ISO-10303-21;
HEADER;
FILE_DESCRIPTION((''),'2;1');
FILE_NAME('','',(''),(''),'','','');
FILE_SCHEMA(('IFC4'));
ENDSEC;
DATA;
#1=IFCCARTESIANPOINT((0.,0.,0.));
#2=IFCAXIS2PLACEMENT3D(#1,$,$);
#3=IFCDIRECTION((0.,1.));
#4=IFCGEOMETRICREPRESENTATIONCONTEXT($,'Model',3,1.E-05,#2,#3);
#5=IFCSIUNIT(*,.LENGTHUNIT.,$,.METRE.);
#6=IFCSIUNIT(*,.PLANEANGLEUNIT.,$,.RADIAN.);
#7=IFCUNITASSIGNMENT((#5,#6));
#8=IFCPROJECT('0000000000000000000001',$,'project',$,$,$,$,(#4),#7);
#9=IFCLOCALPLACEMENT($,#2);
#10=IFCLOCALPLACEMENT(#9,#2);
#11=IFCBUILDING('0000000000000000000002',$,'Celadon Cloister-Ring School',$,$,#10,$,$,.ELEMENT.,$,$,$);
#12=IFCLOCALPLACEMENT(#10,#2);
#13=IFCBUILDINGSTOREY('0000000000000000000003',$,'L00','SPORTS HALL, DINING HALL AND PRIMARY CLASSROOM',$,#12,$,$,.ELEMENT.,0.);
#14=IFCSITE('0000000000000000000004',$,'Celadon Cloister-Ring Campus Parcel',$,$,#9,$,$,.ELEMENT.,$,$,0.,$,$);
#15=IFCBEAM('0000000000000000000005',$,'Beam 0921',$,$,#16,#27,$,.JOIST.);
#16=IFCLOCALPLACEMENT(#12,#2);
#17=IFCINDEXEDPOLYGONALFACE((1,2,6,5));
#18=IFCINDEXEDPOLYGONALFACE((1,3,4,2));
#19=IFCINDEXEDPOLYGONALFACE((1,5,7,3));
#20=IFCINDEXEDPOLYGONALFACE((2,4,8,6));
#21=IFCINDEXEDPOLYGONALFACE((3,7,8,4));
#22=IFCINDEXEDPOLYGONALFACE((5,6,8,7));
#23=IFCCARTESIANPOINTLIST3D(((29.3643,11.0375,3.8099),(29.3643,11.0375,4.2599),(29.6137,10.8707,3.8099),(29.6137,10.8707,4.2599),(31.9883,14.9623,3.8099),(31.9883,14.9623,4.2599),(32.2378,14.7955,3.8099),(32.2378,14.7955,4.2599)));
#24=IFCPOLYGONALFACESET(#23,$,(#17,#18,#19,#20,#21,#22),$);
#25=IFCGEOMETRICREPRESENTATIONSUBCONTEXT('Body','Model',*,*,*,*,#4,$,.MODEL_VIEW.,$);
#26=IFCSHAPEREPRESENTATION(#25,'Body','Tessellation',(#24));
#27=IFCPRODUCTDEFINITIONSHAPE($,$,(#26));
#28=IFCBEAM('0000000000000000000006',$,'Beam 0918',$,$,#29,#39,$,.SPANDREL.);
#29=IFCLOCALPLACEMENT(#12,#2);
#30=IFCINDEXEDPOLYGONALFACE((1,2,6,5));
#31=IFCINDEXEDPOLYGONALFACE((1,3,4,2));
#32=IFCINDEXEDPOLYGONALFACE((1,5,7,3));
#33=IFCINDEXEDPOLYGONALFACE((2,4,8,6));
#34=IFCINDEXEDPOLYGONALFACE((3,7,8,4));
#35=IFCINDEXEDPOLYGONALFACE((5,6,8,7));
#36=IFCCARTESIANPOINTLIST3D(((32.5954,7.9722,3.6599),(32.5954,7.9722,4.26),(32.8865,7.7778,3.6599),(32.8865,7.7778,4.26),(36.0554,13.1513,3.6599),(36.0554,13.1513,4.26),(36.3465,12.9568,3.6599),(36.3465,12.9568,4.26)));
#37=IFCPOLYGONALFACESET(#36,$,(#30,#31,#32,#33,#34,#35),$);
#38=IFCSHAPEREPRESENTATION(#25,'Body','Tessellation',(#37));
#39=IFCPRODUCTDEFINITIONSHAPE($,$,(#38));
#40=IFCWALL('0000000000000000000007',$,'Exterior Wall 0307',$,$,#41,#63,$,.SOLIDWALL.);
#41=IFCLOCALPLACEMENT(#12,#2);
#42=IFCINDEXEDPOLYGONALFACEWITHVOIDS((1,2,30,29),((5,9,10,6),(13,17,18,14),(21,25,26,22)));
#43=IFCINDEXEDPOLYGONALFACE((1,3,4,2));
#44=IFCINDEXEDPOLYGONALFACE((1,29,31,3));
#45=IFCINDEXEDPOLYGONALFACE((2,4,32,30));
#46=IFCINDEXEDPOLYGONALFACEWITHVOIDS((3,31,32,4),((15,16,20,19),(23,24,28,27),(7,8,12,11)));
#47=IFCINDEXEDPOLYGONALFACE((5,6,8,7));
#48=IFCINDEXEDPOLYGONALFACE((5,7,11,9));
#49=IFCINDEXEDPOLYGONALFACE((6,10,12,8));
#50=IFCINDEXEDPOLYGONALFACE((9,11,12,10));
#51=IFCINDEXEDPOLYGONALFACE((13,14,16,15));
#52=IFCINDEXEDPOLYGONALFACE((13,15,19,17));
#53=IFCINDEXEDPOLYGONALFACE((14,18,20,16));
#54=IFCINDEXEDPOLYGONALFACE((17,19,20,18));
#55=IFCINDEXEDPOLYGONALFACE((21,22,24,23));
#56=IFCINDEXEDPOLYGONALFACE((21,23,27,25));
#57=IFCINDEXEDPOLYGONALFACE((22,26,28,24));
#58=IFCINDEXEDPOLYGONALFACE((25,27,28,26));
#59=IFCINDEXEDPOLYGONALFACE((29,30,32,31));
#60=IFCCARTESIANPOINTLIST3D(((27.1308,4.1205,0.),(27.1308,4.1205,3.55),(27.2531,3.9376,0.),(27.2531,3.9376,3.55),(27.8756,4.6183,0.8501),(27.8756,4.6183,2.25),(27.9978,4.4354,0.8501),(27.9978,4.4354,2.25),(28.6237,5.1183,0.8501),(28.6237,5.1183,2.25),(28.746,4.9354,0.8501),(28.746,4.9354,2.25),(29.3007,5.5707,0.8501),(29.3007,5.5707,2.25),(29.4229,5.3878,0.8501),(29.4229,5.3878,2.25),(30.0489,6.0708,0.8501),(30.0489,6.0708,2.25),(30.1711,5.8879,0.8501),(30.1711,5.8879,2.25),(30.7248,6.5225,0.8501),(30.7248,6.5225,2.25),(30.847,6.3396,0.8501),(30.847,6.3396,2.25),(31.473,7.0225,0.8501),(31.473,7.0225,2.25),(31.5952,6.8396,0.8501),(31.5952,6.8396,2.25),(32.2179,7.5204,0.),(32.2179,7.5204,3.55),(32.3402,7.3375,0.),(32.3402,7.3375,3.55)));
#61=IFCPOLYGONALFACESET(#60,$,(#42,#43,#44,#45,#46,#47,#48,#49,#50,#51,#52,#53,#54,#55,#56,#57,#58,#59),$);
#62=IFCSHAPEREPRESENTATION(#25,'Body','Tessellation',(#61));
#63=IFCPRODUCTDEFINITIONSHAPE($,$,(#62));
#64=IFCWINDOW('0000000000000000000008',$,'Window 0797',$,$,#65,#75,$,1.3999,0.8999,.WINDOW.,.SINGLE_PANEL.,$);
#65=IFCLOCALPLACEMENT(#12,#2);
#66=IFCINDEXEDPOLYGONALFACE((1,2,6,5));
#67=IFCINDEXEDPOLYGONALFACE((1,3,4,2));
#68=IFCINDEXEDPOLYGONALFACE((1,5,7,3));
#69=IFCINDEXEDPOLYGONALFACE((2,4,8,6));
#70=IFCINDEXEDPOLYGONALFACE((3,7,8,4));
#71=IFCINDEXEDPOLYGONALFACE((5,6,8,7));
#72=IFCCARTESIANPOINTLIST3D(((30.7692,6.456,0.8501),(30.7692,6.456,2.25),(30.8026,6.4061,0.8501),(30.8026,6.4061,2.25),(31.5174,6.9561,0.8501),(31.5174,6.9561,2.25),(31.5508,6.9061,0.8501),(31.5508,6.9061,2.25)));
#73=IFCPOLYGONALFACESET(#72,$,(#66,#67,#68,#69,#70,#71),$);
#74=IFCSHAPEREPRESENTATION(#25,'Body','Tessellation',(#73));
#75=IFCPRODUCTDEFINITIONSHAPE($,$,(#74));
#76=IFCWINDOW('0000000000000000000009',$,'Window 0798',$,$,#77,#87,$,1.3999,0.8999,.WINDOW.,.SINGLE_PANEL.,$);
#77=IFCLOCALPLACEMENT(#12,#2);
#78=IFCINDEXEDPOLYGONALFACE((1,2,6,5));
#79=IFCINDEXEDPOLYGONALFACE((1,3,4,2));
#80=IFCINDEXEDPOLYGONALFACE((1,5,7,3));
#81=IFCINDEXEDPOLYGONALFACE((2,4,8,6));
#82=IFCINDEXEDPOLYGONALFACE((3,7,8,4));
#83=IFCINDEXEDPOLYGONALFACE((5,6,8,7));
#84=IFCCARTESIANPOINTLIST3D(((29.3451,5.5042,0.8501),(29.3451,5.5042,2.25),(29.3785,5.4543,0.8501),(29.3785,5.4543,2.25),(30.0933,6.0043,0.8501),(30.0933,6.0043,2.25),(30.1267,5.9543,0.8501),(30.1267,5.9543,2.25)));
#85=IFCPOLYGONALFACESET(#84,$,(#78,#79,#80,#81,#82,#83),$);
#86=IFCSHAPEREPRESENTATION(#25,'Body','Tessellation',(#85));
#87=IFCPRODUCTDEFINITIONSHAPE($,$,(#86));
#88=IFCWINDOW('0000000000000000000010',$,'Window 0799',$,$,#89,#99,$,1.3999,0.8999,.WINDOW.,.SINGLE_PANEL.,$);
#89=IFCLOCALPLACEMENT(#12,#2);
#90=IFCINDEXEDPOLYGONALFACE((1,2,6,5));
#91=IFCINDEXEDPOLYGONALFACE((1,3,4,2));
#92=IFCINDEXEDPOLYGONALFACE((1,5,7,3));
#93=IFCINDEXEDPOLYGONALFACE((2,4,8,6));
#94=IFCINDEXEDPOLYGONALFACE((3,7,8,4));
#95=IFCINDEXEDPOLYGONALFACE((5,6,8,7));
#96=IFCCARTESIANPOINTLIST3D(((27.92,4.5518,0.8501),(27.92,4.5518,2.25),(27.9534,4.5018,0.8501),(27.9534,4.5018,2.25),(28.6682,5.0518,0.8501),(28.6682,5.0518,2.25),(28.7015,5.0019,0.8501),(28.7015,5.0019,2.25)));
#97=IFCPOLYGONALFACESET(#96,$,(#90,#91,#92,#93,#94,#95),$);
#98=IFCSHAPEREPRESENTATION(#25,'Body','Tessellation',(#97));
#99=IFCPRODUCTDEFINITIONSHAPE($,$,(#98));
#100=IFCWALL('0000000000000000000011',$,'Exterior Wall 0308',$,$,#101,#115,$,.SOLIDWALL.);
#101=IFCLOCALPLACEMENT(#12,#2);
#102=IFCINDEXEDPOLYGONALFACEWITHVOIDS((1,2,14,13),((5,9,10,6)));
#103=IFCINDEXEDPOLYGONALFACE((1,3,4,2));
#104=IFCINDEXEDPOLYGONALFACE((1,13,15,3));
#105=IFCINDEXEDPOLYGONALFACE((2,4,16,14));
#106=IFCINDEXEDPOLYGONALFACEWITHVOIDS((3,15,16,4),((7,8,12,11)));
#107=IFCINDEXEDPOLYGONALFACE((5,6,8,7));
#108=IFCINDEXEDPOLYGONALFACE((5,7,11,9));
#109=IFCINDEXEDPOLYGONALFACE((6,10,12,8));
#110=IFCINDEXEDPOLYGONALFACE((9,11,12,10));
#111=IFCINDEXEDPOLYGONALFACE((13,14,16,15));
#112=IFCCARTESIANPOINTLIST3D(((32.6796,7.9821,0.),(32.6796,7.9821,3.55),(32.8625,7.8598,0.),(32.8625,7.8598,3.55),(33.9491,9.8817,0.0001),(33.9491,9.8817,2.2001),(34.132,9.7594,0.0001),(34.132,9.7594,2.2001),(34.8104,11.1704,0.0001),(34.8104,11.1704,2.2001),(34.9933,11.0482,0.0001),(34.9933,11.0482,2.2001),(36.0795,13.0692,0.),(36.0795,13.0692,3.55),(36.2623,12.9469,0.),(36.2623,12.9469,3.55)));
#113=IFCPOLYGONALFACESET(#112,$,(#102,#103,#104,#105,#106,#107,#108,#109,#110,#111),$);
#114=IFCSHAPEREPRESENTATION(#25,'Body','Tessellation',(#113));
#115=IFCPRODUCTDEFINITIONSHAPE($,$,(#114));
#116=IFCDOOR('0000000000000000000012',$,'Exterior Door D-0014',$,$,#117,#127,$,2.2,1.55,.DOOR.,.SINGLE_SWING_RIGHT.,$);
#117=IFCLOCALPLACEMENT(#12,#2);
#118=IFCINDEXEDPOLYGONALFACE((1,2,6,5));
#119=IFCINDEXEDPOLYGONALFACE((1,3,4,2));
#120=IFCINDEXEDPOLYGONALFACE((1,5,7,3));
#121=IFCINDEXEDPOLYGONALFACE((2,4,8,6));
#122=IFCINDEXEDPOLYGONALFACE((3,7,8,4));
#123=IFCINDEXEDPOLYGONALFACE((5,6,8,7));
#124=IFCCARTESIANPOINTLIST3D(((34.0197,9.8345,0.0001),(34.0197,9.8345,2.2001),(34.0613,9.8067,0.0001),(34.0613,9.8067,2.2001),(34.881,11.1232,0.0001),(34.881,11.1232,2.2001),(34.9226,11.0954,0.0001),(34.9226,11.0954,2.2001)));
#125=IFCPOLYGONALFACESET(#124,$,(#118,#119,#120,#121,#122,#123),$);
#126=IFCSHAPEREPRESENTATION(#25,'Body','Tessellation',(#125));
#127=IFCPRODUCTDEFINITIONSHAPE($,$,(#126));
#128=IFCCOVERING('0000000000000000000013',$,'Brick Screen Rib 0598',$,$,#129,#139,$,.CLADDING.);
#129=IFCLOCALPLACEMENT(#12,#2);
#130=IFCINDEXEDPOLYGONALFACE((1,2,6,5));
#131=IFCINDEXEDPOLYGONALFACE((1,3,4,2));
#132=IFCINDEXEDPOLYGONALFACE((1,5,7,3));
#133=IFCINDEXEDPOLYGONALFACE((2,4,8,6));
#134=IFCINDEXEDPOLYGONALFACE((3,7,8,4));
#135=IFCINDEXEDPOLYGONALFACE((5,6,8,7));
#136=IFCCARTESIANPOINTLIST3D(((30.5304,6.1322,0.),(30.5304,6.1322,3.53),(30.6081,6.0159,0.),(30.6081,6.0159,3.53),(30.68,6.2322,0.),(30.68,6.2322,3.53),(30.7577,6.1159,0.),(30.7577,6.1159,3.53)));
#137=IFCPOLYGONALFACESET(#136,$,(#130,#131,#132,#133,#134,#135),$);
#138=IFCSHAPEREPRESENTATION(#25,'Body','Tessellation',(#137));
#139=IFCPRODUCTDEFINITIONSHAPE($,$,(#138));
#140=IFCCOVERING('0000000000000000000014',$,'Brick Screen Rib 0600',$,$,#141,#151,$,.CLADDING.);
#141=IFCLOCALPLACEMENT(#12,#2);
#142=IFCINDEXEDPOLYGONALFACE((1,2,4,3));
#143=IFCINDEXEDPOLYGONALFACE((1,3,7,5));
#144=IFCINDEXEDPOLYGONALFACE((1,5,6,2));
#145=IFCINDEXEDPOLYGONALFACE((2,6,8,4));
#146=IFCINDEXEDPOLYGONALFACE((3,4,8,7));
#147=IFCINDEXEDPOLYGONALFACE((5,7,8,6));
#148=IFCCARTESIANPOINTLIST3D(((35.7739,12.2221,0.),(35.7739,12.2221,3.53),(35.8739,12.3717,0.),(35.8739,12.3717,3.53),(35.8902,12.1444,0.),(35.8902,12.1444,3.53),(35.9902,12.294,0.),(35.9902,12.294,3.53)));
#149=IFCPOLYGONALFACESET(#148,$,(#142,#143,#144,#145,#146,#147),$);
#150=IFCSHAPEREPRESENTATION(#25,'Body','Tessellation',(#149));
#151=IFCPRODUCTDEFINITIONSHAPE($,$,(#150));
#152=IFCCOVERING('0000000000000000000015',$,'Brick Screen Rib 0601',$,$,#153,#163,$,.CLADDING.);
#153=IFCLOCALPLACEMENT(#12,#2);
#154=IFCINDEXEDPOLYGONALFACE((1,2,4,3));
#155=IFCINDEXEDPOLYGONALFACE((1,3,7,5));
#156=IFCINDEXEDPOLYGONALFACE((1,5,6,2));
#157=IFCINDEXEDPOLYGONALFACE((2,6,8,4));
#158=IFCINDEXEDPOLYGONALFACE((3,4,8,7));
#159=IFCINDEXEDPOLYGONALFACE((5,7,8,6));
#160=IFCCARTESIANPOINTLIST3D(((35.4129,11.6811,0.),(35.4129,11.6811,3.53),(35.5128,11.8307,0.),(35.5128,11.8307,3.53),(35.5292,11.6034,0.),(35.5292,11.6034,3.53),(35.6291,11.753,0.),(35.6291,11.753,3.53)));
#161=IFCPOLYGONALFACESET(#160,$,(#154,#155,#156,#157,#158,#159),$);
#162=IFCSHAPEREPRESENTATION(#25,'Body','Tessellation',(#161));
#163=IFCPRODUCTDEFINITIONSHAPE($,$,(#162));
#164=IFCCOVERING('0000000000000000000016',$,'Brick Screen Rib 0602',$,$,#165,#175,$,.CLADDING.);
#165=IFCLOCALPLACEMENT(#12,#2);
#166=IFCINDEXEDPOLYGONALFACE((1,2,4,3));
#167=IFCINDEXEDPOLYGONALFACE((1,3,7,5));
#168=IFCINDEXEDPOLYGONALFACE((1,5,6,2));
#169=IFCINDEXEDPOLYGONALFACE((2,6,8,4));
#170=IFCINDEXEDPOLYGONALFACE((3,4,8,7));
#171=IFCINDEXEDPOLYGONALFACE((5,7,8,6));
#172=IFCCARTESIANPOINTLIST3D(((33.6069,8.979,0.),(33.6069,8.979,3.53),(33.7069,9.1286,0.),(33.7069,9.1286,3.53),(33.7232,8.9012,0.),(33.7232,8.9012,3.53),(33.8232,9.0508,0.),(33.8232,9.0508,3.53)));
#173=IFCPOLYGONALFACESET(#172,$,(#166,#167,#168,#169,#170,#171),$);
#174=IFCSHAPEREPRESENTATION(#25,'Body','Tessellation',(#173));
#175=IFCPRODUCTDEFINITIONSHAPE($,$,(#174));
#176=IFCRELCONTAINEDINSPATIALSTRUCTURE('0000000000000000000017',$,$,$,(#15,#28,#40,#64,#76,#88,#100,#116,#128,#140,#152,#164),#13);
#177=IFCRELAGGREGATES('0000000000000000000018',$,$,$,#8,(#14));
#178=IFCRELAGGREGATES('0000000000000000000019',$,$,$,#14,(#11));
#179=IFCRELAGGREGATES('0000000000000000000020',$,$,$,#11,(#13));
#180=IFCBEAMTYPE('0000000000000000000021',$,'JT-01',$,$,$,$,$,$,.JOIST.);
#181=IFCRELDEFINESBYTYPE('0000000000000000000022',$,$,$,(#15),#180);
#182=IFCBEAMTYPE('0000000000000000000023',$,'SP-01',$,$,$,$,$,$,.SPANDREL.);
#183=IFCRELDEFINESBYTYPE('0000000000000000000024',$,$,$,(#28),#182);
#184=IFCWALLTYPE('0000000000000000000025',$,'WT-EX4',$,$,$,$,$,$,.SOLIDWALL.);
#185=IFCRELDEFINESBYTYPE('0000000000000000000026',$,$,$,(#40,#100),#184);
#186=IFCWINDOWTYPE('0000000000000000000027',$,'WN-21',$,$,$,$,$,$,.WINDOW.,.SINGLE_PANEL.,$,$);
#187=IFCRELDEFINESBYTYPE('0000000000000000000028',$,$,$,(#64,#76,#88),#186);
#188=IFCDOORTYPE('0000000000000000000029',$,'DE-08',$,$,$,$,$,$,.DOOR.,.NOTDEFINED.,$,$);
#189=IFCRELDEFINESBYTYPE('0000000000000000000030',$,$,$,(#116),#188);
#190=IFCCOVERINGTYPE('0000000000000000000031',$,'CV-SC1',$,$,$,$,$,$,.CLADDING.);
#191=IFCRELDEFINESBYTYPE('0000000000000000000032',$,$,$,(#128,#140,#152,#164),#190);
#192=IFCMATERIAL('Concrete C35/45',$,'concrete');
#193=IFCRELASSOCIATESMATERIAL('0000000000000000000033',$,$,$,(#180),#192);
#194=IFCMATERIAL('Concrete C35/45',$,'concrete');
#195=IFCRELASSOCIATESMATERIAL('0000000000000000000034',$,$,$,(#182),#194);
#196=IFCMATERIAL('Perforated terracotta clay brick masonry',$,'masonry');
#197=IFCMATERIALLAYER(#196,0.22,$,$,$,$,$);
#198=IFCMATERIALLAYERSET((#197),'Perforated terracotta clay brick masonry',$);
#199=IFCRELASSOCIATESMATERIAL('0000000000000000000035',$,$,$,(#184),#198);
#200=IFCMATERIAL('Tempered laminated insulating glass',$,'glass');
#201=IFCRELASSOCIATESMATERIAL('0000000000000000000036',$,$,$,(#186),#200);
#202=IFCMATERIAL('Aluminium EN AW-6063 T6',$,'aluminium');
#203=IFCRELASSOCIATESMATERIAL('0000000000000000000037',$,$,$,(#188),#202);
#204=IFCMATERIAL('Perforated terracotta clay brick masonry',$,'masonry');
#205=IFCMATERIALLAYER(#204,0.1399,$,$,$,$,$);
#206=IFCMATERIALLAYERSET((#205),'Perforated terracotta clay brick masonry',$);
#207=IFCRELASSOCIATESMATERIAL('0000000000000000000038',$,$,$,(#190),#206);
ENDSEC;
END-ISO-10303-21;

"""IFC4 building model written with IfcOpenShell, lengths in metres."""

from ifc_helpers import new_model, si_unit, direction, frame, frame_2d, origin, origin_2d, place, context, subcontext, project, spatial, rectangle, extrude, material, layer, layer_set, material_profile, profile_set, type_object, element, fill, save


model = new_model("IFC4")

# Units and contexts
model_context = context("Model", 3, precision=1e-05, world=origin(), true_north=direction((0.0, 1.0)))
body_context = subcontext(model_context, "Body", "Model", "MODEL_VIEW")
ifc_project = project(units=[si_unit("LENGTHUNIT", "METRE"), si_unit("PLANEANGLEUNIT", "RADIAN")], contexts=[model_context])

# Site, building, storey
site_placement = place(None, origin())
site = spatial("IfcSite", under=ifc_project, at=site_placement, Name="Celadon Cloister-Ring Campus Parcel", CompositionType="ELEMENT", RefElevation=0.0)
building_placement = place(site_placement, origin())
building = spatial("IfcBuilding", under=site, at=building_placement, Name="Celadon Cloister-Ring School", CompositionType="ELEMENT")
storey_placement = place(building_placement, origin())
storey = spatial("IfcBuildingStorey", under=building, at=storey_placement, Name="L00", Description="SPORTS HALL, DINING HALL AND PRIMARY CLASSROOM", CompositionType="ELEMENT", Elevation=0.0)

# Beams
ifc_material_1 = material(Name="Concrete C35/45", Category="concrete")
ifc_material_profile_1 = material_profile(ifc_material_1, rectangle(XDim=0.3, YDim=0.45, at=origin_2d()), Name="RC300X450")
ifc_profile_set_1 = profile_set([ifc_material_profile_1], Name="Concrete C35/45")
beam_type_1 = type_object("IfcBeamType", Name="JT-01", PredefinedType="JOIST", material=ifc_profile_set_1)
beam_1_placement = place(storey_placement, frame((29.489, 10.9541, 4.0349), z_axis=(0.555798, 0.831318, 0.0), x_axis=(-0.831318, 0.555798, 0.0)))
element("IfcBeam", 1, at=beam_1_placement, inside=storey, type_object=beam_type_1, Name="Beam 0921", PredefinedType="JOIST", context=body_context, shape_type="SweptSolid", body=[
    extrude(rectangle(XDim=0.3, YDim=0.45, at=origin_2d()), origin(), (0.0, 0.0, 1.0), 4.7212),
])
ifc_material_2 = material(Name="Concrete C35/45", Category="concrete")
ifc_material_profile_2 = material_profile(ifc_material_2, rectangle(XDim=0.3501, YDim=0.6001, at=origin_2d()), Name="RC350X600")
ifc_profile_set_2 = profile_set([ifc_material_profile_2], Name="Concrete C35/45")
beam_type_2 = type_object("IfcBeamType", Name="SP-01", PredefinedType="SPANDREL", material=ifc_profile_set_2)
beam_2_placement = place(storey_placement, frame((32.741, 7.875, 3.96), z_axis=(0.555514, 0.831507, 0.0), x_axis=(-0.831507, 0.555514, 0.0)))
element("IfcBeam", 2, at=beam_2_placement, inside=storey, type_object=beam_type_2, Name="Beam 0918", PredefinedType="SPANDREL", context=body_context, shape_type="SweptSolid", body=[
    extrude(rectangle(XDim=0.3501, YDim=0.6001, at=origin_2d()), origin(), (0.0, 0.0, 1.0), 6.2285),
])

# Wall, openings, windows
ifc_material_3 = material(Name="Perforated terracotta clay brick masonry", Category="masonry")
ifc_layer_1 = layer(ifc_material_3, 0.22)
ifc_layer_set_1 = layer_set([ifc_layer_1], Name="Perforated terracotta clay brick masonry")
wall_type = type_object("IfcWallType", Name="WT-EX4", PredefinedType="SOLIDWALL", material=ifc_layer_set_1)
wall_1_placement = place(storey_placement, frame((32.2791, 7.429, 0.0), z_axis=(0.0, 0.0, 1.0), x_axis=(-0.831411, -0.555657, 0.0)))
wall_1 = element("IfcWall", 3, at=wall_1_placement, inside=storey, type_object=wall_type, Name="Exterior Wall 0307", PredefinedType="SOLIDWALL", context=body_context, shape_type="SweptSolid", body=[
    extrude(rectangle(XDim=6.1187, YDim=0.22, at=frame_2d((3.0593, 0.0))), origin(), (0.0, 0.0, 1.0), 3.55),
])
opening_1_placement = place(wall_1_placement, frame((0.896, 0.0, 0.8501)))
opening_1 = element("IfcOpeningElement", 4, at=opening_1_placement, cuts=wall_1, PredefinedType="OPENING", context=body_context, shape_type="SweptSolid", body=[
    extrude(rectangle(XDim=0.8999, YDim=1.3999, at=frame_2d((0.45, 0.7))), frame((0.0, 0.1201, 0.0), z_axis=(0.0, -1.0, 0.0), x_axis=(1.0, 0.0, 0.0)), (0.0, 0.0, 1.0), 0.24),
])
opening_2_placement = place(wall_1_placement, frame((2.6089, 0.0, 0.8501)))
opening_2 = element("IfcOpeningElement", 5, at=opening_2_placement, cuts=wall_1, PredefinedType="OPENING", context=body_context, shape_type="SweptSolid", body=[
    extrude(rectangle(XDim=0.8999, YDim=1.3999, at=frame_2d((0.45, 0.7))), frame((0.0, 0.1201, 0.0), z_axis=(0.0, -1.0, 0.0), x_axis=(1.0, 0.0, 0.0)), (0.0, 0.0, 1.0), 0.24),
])
opening_3_placement = place(wall_1_placement, frame((4.323, 0.0, 0.8501)))
opening_3 = element("IfcOpeningElement", 6, at=opening_3_placement, cuts=wall_1, PredefinedType="OPENING", context=body_context, shape_type="SweptSolid", body=[
    extrude(rectangle(XDim=0.8999, YDim=1.3999, at=frame_2d((0.45, 0.7))), frame((0.0, 0.1201, 0.0), z_axis=(0.0, -1.0, 0.0), x_axis=(1.0, 0.0, 0.0)), (0.0, 0.0, 1.0), 0.24),
])
ifc_material_4 = material(Name="Tempered laminated insulating glass", Category="glass")
window_type = type_object("IfcWindowType", Name="WN-21", PartitioningType="SINGLE_PANEL", PredefinedType="WINDOW", material=ifc_material_4)
window_1_placement = place(opening_1_placement, origin())
window_1 = element("IfcWindow", 7, at=window_1_placement, inside=storey, type_object=window_type, Name="Window 0797", OverallHeight=1.3999, OverallWidth=0.8999, PartitioningType="SINGLE_PANEL", PredefinedType="WINDOW", context=body_context, shape_type="SweptSolid", body=[
    extrude(rectangle(XDim=0.8999, YDim=1.3999, at=frame_2d((0.45, 0.7))), frame((0.0, 0.03, 0.0), z_axis=(0.0, -1.0, 0.0), x_axis=(1.0, 0.0, 0.0)), (0.0, 0.0, 1.0), 0.0601),
])
fill(opening_1, window_1)
window_2_placement = place(opening_2_placement, origin())
window_2 = element("IfcWindow", 8, at=window_2_placement, inside=storey, type_object=window_type, Name="Window 0798", OverallHeight=1.3999, OverallWidth=0.8999, PartitioningType="SINGLE_PANEL", PredefinedType="WINDOW", context=body_context, shape_type="SweptSolid", body=[
    extrude(rectangle(XDim=0.8999, YDim=1.3999, at=frame_2d((0.45, 0.7))), frame((0.0, 0.03, 0.0), z_axis=(0.0, -1.0, 0.0), x_axis=(1.0, 0.0, 0.0)), (0.0, 0.0, 1.0), 0.0601),
])
fill(opening_2, window_2)
window_3_placement = place(opening_3_placement, origin())
window_3 = element("IfcWindow", 9, at=window_3_placement, inside=storey, type_object=window_type, Name="Window 0799", OverallHeight=1.3999, OverallWidth=0.8999, PartitioningType="SINGLE_PANEL", PredefinedType="WINDOW", context=body_context, shape_type="SweptSolid", body=[
    extrude(rectangle(XDim=0.8999, YDim=1.3999, at=frame_2d((0.45, 0.7))), frame((0.0, 0.03, 0.0), z_axis=(0.0, -1.0, 0.0), x_axis=(1.0, 0.0, 0.0)), (0.0, 0.0, 1.0), 0.0601),
])
fill(opening_3, window_3)

# Wall, opening, door
wall_2_placement = place(storey_placement, frame((36.1709, 13.0081, 0.0), z_axis=(0.0, 0.0, 1.0), x_axis=(-0.555657, -0.831411, 0.0)))
wall_2 = element("IfcWall", 10, at=wall_2_placement, inside=storey, type_object=wall_type, Name="Exterior Wall 0308", PredefinedType="SOLIDWALL", context=body_context, shape_type="SweptSolid", body=[
    extrude(rectangle(XDim=6.1187, YDim=0.22, at=frame_2d((3.0593, 0.0))), origin(), (0.0, 0.0, 1.0), 3.55),
])
opening_4_placement = place(wall_2_placement, frame((2.2839, 0.0, 0.0)))
opening_4 = element("IfcOpeningElement", 11, at=opening_4_placement, cuts=wall_2, PredefinedType="OPENING", context=body_context, shape_type="SweptSolid", body=[
    extrude(rectangle(XDim=1.55, YDim=2.2, at=frame_2d((0.7749, 1.1001))), frame((0.0, 0.1201, 0.0), z_axis=(0.0, -1.0, 0.0), x_axis=(1.0, 0.0, 0.0)), (0.0, 0.0, 1.0), 0.24),
])
ifc_material_5 = material(Name="Aluminium EN AW-6063 T6", Category="aluminium")
door_type = type_object("IfcDoorType", Name="DE-08", OperationType="NOTDEFINED", PredefinedType="DOOR", material=ifc_material_5)
door_placement = place(opening_4_placement, origin())
door = element("IfcDoor", 12, at=door_placement, inside=storey, type_object=door_type, Name="Exterior Door D-0014", OperationType="SINGLE_SWING_RIGHT", OverallHeight=2.2, OverallWidth=1.55, PredefinedType="DOOR", context=body_context, shape_type="SweptSolid", body=[
    extrude(rectangle(XDim=1.55, YDim=2.2, at=frame_2d((0.7749, 1.1001))), frame((0.0, 0.0249, 0.0), z_axis=(0.0, -1.0, 0.0), x_axis=(1.0, 0.0, 0.0)), (0.0, 0.0, 1.0), 0.05),
])
fill(opening_4, door)

# Coverings
ifc_material_6 = material(Name="Perforated terracotta clay brick masonry", Category="masonry")
ifc_layer_2 = layer(ifc_material_6, 0.1399)
ifc_layer_set_2 = layer_set([ifc_layer_2], Name="Perforated terracotta clay brick masonry")
covering_type = type_object("IfcCoveringType", Name="CV-SC1", PredefinedType="CLADDING", material=ifc_layer_set_2)
for number, where, z_axis, x_axis, name in (
    (13, (30.644, 6.124, 0.0), (0.0, 0.0, 1.0), (-0.831392, -0.555686, 0.0), "Brick Screen Rib 0598"),
    (14, (35.8821, 12.2581, 0.0), (0.0, 0.0, 1.0), (-0.555686, -0.831392, 0.0), "Brick Screen Rib 0600"),
    (15, (35.521, 11.717, 0.0), (0.0, 0.0, 1.0), (-0.555686, -0.831392, 0.0), "Brick Screen Rib 0601"),
    (16, (33.7151, 9.0149, 0.0), (0.0, 0.0, 1.0), (-0.555686, -0.831392, 0.0), "Brick Screen Rib 0602"),
):
    element("IfcCovering", number, at=place(storey_placement, frame(where, z_axis=z_axis, x_axis=x_axis)), inside=storey, type_object=covering_type, Name=name, PredefinedType="CLADDING", context=body_context, shape_type="SweptSolid", body=[
        extrude(rectangle(XDim=0.1799, YDim=0.1399, at=origin_2d()), origin(), (0.0, 0.0, 1.0), 3.53),
    ])

save(model, "model.ifc")
